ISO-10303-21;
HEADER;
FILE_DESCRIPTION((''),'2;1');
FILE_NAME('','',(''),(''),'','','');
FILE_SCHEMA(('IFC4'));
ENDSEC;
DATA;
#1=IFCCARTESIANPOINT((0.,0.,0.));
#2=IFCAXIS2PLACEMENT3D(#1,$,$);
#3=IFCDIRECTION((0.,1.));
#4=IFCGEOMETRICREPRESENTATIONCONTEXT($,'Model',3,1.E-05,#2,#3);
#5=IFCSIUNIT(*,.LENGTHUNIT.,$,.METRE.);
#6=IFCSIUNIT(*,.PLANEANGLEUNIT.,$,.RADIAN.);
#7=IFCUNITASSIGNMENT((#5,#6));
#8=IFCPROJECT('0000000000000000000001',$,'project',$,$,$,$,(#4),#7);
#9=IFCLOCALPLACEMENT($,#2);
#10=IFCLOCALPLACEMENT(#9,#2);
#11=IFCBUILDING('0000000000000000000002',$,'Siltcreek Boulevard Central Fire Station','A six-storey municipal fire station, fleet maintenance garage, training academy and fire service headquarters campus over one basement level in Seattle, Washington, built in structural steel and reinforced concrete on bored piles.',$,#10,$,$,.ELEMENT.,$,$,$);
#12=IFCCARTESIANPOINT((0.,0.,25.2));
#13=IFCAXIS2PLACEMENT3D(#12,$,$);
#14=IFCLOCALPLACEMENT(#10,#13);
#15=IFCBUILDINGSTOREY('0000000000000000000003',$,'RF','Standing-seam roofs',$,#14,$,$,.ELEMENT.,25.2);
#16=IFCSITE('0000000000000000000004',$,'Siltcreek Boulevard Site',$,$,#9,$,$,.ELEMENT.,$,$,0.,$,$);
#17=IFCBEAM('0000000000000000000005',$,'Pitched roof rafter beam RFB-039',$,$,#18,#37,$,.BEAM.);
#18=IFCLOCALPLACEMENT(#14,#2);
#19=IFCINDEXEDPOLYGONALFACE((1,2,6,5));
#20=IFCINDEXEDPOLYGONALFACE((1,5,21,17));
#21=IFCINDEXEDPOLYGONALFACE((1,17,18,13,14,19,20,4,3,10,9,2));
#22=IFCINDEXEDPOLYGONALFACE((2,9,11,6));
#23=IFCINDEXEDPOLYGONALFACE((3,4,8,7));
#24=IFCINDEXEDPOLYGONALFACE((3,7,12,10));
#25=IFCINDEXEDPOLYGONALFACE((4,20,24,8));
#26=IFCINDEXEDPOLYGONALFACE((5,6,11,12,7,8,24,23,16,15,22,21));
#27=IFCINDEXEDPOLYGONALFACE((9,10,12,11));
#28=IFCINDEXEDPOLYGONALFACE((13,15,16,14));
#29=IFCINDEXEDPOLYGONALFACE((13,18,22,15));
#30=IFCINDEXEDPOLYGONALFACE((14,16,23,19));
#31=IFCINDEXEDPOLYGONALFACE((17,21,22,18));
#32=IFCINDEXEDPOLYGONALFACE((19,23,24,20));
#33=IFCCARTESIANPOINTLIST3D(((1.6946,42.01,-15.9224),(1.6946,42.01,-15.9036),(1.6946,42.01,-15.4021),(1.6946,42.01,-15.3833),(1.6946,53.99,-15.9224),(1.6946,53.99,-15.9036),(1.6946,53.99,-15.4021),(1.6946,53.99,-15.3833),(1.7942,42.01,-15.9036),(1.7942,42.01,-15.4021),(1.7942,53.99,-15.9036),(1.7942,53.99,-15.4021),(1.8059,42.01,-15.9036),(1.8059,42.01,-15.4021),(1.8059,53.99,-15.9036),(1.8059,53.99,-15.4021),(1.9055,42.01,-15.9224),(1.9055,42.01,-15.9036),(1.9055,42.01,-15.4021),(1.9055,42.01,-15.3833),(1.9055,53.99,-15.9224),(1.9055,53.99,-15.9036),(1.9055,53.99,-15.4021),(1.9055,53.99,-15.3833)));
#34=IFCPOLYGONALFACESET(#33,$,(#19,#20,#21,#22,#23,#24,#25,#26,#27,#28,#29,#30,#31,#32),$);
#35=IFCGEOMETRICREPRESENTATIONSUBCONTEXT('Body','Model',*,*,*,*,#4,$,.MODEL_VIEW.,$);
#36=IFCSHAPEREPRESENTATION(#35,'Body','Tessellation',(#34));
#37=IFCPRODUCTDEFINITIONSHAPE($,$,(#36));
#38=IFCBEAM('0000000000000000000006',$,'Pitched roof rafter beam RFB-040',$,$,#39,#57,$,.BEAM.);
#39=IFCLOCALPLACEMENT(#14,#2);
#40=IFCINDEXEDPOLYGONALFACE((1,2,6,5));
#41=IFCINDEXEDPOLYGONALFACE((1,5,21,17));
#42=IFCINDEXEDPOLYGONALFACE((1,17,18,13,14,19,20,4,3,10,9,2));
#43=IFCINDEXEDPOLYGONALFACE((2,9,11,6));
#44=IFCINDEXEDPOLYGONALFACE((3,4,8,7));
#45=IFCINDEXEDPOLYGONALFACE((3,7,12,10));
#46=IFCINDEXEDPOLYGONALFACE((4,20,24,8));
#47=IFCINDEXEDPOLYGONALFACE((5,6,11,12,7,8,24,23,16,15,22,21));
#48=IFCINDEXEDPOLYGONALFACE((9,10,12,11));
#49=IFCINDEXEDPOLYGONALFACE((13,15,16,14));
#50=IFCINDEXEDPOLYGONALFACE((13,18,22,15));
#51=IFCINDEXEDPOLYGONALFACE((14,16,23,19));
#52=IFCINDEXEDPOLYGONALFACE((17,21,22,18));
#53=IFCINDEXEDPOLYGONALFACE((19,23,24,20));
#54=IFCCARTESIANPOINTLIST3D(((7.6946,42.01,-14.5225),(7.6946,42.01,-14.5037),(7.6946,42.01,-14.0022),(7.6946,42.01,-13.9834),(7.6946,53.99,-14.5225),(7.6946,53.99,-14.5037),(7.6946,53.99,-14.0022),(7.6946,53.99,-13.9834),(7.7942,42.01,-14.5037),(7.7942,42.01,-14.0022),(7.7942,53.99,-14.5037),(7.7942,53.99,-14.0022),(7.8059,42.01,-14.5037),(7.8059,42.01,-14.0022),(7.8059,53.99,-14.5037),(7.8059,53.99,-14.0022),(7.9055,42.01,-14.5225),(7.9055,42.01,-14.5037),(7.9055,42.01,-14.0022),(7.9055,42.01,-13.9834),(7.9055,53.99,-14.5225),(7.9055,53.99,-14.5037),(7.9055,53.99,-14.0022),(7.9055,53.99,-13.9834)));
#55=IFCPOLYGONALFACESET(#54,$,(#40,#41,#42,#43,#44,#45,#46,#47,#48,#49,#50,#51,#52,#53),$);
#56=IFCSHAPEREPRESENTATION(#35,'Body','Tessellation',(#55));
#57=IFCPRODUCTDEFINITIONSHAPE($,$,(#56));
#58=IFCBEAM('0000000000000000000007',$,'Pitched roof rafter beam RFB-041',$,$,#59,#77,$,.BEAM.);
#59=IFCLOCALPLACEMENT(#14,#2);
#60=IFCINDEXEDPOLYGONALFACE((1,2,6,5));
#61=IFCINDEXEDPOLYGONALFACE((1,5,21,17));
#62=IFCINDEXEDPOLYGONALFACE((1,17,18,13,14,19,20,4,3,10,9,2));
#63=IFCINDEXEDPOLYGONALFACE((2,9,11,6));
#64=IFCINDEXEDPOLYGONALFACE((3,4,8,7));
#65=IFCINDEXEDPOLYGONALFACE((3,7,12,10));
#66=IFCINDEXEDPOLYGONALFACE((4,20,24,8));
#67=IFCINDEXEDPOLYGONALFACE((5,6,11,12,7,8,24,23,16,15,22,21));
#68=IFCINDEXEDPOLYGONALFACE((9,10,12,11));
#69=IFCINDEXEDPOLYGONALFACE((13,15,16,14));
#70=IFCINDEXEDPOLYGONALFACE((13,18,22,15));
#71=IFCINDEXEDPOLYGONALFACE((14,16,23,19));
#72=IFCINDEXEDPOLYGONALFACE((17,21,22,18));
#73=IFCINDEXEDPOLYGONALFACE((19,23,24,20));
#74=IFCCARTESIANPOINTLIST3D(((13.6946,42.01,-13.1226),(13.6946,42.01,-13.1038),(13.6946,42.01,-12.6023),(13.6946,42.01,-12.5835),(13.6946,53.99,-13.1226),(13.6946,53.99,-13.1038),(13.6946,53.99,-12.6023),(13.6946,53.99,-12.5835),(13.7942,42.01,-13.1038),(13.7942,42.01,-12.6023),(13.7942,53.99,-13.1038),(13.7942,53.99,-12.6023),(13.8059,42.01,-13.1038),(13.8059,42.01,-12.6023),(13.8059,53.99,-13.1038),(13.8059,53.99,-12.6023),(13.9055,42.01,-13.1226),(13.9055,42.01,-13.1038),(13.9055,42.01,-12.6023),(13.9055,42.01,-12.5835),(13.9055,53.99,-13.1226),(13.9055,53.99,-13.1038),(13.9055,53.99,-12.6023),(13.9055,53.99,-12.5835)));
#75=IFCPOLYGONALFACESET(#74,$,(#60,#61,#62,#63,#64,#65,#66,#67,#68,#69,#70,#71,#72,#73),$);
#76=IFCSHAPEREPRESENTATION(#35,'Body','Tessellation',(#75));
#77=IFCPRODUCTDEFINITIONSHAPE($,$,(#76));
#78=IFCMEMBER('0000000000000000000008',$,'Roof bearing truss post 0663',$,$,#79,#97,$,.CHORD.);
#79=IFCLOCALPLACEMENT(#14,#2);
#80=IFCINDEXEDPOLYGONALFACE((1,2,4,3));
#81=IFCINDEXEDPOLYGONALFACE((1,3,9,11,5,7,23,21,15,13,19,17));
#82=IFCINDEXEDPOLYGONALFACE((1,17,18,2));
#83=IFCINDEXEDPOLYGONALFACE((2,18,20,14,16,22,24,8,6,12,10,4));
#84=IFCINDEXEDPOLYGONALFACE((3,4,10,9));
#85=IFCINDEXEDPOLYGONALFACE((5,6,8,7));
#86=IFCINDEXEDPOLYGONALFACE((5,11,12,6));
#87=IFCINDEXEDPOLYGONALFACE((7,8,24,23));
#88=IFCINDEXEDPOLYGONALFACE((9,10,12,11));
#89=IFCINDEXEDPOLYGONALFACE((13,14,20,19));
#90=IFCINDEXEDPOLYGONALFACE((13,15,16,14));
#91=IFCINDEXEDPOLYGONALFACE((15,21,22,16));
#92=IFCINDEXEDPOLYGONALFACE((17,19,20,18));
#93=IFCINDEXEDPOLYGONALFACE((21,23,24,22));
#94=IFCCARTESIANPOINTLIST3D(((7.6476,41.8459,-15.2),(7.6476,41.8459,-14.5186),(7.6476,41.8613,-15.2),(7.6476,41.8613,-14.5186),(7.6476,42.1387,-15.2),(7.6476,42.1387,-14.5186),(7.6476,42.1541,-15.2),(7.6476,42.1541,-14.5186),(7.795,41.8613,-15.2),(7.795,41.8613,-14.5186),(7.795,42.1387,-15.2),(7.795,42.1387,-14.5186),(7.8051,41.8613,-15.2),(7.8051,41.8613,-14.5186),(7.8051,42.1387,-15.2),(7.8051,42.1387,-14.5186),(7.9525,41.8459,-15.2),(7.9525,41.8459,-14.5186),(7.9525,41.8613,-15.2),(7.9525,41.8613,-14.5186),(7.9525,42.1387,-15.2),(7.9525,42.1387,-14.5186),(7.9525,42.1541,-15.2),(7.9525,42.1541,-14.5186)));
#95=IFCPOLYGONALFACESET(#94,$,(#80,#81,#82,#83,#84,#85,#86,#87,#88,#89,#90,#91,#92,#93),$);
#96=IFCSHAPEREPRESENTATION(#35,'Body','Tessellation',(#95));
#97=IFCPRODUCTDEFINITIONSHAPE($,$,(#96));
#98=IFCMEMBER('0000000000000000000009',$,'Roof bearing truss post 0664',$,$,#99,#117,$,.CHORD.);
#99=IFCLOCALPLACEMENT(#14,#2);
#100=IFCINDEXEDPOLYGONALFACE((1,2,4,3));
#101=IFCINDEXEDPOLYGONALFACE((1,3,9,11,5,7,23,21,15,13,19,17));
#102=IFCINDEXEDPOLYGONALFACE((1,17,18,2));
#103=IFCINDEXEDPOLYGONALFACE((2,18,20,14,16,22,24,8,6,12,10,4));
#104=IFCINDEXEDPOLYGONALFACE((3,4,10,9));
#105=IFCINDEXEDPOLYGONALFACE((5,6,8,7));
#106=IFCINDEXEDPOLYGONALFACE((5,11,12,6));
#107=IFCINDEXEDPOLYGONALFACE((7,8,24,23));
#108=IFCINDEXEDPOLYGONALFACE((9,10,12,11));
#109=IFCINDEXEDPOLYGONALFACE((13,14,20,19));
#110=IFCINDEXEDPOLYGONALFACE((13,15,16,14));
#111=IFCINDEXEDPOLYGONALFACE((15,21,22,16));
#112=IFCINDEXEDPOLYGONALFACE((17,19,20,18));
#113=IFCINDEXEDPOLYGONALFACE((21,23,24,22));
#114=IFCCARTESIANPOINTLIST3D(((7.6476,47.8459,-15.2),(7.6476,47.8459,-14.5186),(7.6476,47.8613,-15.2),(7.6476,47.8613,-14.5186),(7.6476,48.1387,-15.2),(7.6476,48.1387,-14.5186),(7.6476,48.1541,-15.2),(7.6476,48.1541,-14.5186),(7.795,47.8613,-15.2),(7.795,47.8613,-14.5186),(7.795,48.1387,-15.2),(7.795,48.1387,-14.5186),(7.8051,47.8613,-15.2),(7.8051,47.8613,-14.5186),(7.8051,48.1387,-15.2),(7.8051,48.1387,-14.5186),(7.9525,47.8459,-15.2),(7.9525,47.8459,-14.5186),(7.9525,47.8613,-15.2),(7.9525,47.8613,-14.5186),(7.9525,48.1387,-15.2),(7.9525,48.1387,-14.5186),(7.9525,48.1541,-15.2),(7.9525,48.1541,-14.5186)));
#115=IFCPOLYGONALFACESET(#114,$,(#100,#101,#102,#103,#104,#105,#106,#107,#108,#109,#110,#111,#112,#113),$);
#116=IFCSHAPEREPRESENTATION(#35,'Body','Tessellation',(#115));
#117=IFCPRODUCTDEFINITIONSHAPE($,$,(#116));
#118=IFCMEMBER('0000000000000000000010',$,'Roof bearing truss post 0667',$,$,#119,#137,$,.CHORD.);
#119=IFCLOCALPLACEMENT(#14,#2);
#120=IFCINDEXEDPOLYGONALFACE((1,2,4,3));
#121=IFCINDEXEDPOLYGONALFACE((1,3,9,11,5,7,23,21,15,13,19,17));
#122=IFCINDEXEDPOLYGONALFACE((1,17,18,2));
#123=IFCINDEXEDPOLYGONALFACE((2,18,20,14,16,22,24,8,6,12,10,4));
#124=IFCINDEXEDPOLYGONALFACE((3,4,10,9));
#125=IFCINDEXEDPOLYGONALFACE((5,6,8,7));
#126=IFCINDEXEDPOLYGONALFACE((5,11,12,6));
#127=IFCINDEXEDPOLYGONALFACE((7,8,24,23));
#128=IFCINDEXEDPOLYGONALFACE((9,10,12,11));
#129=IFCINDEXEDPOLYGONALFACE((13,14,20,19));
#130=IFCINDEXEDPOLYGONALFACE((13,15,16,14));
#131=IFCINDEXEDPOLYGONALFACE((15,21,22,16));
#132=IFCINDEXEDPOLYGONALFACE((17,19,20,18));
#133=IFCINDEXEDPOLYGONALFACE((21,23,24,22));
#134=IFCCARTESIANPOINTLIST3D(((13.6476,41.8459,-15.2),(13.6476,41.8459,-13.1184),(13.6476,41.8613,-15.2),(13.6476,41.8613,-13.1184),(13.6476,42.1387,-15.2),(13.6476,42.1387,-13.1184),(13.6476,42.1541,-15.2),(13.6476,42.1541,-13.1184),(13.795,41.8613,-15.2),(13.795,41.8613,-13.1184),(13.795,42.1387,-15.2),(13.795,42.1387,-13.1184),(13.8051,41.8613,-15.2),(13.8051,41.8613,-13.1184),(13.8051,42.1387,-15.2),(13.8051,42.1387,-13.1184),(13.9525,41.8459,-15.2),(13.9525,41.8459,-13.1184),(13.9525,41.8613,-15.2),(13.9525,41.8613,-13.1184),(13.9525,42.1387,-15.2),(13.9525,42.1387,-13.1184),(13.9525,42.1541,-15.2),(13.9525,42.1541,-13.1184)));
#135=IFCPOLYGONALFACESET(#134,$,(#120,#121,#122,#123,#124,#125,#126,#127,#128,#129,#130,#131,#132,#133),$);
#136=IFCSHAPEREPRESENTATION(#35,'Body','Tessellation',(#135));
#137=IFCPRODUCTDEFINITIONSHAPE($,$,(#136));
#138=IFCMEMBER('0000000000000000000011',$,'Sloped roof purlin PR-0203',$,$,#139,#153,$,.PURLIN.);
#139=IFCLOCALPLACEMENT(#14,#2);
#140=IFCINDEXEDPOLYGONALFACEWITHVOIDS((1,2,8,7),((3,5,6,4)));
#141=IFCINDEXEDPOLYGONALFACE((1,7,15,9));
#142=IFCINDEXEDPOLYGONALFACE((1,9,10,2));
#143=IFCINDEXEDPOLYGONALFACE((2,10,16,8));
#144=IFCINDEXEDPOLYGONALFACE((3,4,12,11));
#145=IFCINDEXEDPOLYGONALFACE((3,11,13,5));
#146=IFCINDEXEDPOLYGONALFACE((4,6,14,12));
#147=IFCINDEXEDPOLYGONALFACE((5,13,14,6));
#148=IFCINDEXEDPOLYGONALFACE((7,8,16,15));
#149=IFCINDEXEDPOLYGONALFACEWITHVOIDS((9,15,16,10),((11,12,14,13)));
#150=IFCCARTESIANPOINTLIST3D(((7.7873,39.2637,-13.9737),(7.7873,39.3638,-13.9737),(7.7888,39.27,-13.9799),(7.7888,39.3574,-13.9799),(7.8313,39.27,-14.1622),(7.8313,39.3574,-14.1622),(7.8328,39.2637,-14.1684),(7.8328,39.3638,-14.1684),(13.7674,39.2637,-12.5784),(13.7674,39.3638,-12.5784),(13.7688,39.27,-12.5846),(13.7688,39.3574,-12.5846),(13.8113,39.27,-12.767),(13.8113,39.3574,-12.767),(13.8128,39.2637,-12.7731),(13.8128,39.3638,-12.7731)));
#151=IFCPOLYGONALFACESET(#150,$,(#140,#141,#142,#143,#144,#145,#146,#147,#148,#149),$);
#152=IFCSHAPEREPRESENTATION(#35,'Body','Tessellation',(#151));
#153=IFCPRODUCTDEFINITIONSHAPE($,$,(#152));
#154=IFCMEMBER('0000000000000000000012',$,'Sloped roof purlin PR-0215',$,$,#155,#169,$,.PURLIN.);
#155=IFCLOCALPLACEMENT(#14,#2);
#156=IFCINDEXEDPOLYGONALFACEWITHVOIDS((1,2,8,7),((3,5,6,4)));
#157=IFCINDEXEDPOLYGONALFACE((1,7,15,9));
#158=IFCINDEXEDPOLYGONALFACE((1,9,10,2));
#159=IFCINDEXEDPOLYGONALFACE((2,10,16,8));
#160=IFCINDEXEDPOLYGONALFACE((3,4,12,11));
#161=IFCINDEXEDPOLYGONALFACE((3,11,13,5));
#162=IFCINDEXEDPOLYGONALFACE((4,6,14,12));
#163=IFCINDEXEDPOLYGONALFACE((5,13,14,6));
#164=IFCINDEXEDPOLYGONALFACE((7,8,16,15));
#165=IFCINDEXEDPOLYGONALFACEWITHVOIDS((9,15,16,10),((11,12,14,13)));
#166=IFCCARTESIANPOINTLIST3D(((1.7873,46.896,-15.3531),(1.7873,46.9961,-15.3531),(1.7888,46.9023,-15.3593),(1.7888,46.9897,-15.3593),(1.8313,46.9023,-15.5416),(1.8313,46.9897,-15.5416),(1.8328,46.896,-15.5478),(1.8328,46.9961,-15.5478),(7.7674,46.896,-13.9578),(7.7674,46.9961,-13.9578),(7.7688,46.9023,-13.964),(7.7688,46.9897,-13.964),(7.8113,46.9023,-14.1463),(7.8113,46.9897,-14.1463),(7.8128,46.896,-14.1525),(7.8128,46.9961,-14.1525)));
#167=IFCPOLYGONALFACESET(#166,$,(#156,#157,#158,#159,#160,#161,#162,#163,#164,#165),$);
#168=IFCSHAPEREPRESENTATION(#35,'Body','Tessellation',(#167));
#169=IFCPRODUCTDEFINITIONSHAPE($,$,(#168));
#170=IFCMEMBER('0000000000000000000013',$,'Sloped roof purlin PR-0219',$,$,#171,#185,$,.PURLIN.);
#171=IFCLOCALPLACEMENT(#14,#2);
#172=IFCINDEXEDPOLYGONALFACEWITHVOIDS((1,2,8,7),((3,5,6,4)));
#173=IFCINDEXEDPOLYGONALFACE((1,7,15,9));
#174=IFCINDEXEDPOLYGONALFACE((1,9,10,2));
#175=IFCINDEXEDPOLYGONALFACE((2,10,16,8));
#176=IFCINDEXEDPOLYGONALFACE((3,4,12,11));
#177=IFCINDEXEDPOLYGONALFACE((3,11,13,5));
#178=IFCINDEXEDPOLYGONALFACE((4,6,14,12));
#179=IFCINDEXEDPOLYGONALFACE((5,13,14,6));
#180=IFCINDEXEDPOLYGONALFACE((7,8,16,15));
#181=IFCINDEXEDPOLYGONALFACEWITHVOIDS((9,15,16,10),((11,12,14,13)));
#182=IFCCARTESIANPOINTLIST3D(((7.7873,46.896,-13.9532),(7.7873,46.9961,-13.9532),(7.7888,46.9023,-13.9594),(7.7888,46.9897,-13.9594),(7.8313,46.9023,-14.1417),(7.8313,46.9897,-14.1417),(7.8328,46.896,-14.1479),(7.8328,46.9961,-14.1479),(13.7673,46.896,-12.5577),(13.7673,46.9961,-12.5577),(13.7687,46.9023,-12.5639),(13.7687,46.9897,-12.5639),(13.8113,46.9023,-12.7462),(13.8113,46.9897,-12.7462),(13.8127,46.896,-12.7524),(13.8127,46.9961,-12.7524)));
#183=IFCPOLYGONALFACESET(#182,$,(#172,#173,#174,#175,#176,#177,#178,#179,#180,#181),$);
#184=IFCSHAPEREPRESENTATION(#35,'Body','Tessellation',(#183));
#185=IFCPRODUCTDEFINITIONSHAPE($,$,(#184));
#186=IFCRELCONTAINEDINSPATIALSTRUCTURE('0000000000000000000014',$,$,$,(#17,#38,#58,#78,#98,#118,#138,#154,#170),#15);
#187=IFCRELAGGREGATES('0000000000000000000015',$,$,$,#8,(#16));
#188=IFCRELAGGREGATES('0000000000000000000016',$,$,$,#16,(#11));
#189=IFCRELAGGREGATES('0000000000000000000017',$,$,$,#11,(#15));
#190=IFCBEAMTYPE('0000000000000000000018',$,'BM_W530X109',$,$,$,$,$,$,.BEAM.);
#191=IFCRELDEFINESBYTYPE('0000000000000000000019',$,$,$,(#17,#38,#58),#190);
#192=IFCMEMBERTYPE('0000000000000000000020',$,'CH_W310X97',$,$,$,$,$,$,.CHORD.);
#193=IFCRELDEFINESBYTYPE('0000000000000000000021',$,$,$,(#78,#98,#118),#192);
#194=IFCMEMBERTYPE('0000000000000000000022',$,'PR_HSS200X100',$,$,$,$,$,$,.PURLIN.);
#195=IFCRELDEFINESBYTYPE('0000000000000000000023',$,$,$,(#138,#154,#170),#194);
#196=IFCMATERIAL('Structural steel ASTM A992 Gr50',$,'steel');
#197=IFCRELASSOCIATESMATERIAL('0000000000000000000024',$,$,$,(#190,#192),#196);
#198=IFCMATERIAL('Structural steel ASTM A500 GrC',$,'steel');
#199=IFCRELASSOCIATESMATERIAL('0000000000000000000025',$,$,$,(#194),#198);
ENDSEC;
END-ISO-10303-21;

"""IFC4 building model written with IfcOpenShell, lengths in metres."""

from ifc_helpers import new_model, si_unit, direction, frame, origin, origin_2d, place, context, subcontext, project, spatial, hollow_rectangle, i_section, extrude, material, material_profile, profile_set, type_object, element, save


model = new_model("IFC4")

# Units and contexts
model_context = context("Model", 3, precision=1e-05, world=origin(), true_north=direction((0.0, 1.0)))
body_context = subcontext(model_context, "Body", "Model", "MODEL_VIEW")
ifc_project = project(units=[si_unit("LENGTHUNIT", "METRE"), si_unit("PLANEANGLEUNIT", "RADIAN")], contexts=[model_context])

# Site, building, storey
site_placement = place(None, origin())
site = spatial("IfcSite", under=ifc_project, at=site_placement, Name="Siltcreek Boulevard Site", CompositionType="ELEMENT", RefElevation=0.0)
building_placement = place(site_placement, origin())
building = spatial("IfcBuilding", under=site, at=building_placement, Name="Siltcreek Boulevard Central Fire Station", Description="A six-storey municipal fire station, fleet maintenance garage, training academy and fire service headquarters campus over one basement level in Seattle, Washington, built in structural steel and reinforced concrete on bored piles.", CompositionType="ELEMENT")
storey_placement = place(building_placement, frame((0.0, 0.0, 25.2)))
storey = spatial("IfcBuildingStorey", under=building, at=storey_placement, Name="RF", Description="Standing-seam roofs", CompositionType="ELEMENT", Elevation=25.2)

# Beams
ifc_material_1 = material(Name="Structural steel ASTM A992 Gr50", Category="steel")
ifc_material_profile_1 = material_profile(ifc_material_1, i_section(OverallWidth=0.2109, OverallDepth=0.5391, WebThickness=0.0117, FlangeThickness=0.0188, at=origin_2d()), Name="W530X109")
ifc_profile_set_1 = profile_set([ifc_material_profile_1], Name="Structural steel ASTM A992 Gr50")
beam_type = type_object("IfcBeamType", Name="BM_W530X109", PredefinedType="BEAM", material=ifc_profile_set_1)
for number, where, z_axis, x_axis, name in (
    (1, (1.8, 42.01, -15.6528), (0.0, 1.0, 0.0), (-1.0, 0.0, 0.0), "Pitched roof rafter beam RFB-039"),
    (2, (7.8, 42.01, -14.2529), (0.0, 1.0, 0.0), (-1.0, 0.0, 0.0), "Pitched roof rafter beam RFB-040"),
    (3, (13.8, 42.01, -12.853), (0.0, 1.0, 0.0), (-1.0, 0.0, 0.0), "Pitched roof rafter beam RFB-041"),
):
    element("IfcBeam", number, at=place(storey_placement, frame(where, z_axis=z_axis, x_axis=x_axis)), inside=storey, type_object=beam_type, Name=name, PredefinedType="BEAM", context=body_context, shape_type="SweptSolid", body=[
        extrude(i_section(OverallWidth=0.2109, OverallDepth=0.5391, WebThickness=0.0117, FlangeThickness=0.0188, at=origin_2d()), origin(), (0.0, 0.0, 1.0), 11.98),
    ])

# Members
ifc_material_profile_2 = material_profile(ifc_material_1, i_section(OverallWidth=0.3049, OverallDepth=0.3081, WebThickness=0.01, FlangeThickness=0.0154, at=origin_2d()), Name="W310X97")
ifc_profile_set_2 = profile_set([ifc_material_profile_2], Name="Structural steel ASTM A992 Gr50")
member_type_1 = type_object("IfcMemberType", Name="CH_W310X97", PredefinedType="CHORD", material=ifc_profile_set_2)
for number, where, z_axis, x_axis, name in (
    (4, (7.8, 42.0, -15.2), (0.0, 0.0, 1.0), (1.0, 0.0, 0.0), "Roof bearing truss post 0663"),
    (5, (7.8, 48.0, -15.2), (0.0, 0.0, 1.0), (1.0, 0.0, 0.0), "Roof bearing truss post 0664"),
):
    element("IfcMember", number, at=place(storey_placement, frame(where, z_axis=z_axis, x_axis=x_axis)), inside=storey, type_object=member_type_1, Name=name, PredefinedType="CHORD", context=body_context, shape_type="SweptSolid", body=[
        extrude(i_section(OverallWidth=0.3049, OverallDepth=0.3081, WebThickness=0.01, FlangeThickness=0.0154, at=origin_2d()), origin(), (0.0, 0.0, 1.0), 0.6814),
    ])
member_1_placement = place(storey_placement, frame((13.8, 42.0, -15.2), z_axis=(0.0, 0.0, 1.0), x_axis=(1.0, 0.0, 0.0)))
element("IfcMember", 6, at=member_1_placement, inside=storey, type_object=member_type_1, Name="Roof bearing truss post 0667", PredefinedType="CHORD", context=body_context, shape_type="SweptSolid", body=[
    extrude(i_section(OverallWidth=0.3049, OverallDepth=0.3081, WebThickness=0.01, FlangeThickness=0.0154, at=origin_2d()), origin(), (0.0, 0.0, 1.0), 2.0815),
])
ifc_material_2 = material(Name="Structural steel ASTM A500 GrC", Category="steel")
ifc_material_profile_3 = material_profile(ifc_material_2, hollow_rectangle(XDim=0.1001, YDim=0.2, WallThickness=0.0063, at=origin_2d()), Name="HSS200X100X6.4")
ifc_profile_set_3 = profile_set([ifc_material_profile_3], Name="Structural steel ASTM A500 GrC")
member_type_2 = type_object("IfcMemberType", Name="PR_HSS200X100", PredefinedType="PURLIN", material=ifc_profile_set_3)
for number, where, z_axis, x_axis, name in (
    (7, (7.8101, 39.3137, -14.071), (0.973844, 0.0, 0.22722), (0.0, 1.0, 0.0), "Sloped roof purlin PR-0203"),
    (8, (1.8101, 46.946, -15.4504), (0.973844, 0.0, 0.22722), (0.0, 1.0, 0.0), "Sloped roof purlin PR-0215"),
    (9, (7.8101, 46.946, -14.0505), (0.973835, 0.0, 0.227257), (0.0, 1.0, 0.0), "Sloped roof purlin PR-0219"),
):
    element("IfcMember", number, at=place(storey_placement, frame(where, z_axis=z_axis, x_axis=x_axis)), inside=storey, type_object=member_type_2, Name=name, PredefinedType="PURLIN", context=body_context, shape_type="SweptSolid", body=[
        extrude(hollow_rectangle(XDim=0.1001, YDim=0.2, WallThickness=0.0063, at=origin_2d()), origin(), (0.0, 0.0, 1.0), 6.1406),
    ])

save(model, "model.ifc")
